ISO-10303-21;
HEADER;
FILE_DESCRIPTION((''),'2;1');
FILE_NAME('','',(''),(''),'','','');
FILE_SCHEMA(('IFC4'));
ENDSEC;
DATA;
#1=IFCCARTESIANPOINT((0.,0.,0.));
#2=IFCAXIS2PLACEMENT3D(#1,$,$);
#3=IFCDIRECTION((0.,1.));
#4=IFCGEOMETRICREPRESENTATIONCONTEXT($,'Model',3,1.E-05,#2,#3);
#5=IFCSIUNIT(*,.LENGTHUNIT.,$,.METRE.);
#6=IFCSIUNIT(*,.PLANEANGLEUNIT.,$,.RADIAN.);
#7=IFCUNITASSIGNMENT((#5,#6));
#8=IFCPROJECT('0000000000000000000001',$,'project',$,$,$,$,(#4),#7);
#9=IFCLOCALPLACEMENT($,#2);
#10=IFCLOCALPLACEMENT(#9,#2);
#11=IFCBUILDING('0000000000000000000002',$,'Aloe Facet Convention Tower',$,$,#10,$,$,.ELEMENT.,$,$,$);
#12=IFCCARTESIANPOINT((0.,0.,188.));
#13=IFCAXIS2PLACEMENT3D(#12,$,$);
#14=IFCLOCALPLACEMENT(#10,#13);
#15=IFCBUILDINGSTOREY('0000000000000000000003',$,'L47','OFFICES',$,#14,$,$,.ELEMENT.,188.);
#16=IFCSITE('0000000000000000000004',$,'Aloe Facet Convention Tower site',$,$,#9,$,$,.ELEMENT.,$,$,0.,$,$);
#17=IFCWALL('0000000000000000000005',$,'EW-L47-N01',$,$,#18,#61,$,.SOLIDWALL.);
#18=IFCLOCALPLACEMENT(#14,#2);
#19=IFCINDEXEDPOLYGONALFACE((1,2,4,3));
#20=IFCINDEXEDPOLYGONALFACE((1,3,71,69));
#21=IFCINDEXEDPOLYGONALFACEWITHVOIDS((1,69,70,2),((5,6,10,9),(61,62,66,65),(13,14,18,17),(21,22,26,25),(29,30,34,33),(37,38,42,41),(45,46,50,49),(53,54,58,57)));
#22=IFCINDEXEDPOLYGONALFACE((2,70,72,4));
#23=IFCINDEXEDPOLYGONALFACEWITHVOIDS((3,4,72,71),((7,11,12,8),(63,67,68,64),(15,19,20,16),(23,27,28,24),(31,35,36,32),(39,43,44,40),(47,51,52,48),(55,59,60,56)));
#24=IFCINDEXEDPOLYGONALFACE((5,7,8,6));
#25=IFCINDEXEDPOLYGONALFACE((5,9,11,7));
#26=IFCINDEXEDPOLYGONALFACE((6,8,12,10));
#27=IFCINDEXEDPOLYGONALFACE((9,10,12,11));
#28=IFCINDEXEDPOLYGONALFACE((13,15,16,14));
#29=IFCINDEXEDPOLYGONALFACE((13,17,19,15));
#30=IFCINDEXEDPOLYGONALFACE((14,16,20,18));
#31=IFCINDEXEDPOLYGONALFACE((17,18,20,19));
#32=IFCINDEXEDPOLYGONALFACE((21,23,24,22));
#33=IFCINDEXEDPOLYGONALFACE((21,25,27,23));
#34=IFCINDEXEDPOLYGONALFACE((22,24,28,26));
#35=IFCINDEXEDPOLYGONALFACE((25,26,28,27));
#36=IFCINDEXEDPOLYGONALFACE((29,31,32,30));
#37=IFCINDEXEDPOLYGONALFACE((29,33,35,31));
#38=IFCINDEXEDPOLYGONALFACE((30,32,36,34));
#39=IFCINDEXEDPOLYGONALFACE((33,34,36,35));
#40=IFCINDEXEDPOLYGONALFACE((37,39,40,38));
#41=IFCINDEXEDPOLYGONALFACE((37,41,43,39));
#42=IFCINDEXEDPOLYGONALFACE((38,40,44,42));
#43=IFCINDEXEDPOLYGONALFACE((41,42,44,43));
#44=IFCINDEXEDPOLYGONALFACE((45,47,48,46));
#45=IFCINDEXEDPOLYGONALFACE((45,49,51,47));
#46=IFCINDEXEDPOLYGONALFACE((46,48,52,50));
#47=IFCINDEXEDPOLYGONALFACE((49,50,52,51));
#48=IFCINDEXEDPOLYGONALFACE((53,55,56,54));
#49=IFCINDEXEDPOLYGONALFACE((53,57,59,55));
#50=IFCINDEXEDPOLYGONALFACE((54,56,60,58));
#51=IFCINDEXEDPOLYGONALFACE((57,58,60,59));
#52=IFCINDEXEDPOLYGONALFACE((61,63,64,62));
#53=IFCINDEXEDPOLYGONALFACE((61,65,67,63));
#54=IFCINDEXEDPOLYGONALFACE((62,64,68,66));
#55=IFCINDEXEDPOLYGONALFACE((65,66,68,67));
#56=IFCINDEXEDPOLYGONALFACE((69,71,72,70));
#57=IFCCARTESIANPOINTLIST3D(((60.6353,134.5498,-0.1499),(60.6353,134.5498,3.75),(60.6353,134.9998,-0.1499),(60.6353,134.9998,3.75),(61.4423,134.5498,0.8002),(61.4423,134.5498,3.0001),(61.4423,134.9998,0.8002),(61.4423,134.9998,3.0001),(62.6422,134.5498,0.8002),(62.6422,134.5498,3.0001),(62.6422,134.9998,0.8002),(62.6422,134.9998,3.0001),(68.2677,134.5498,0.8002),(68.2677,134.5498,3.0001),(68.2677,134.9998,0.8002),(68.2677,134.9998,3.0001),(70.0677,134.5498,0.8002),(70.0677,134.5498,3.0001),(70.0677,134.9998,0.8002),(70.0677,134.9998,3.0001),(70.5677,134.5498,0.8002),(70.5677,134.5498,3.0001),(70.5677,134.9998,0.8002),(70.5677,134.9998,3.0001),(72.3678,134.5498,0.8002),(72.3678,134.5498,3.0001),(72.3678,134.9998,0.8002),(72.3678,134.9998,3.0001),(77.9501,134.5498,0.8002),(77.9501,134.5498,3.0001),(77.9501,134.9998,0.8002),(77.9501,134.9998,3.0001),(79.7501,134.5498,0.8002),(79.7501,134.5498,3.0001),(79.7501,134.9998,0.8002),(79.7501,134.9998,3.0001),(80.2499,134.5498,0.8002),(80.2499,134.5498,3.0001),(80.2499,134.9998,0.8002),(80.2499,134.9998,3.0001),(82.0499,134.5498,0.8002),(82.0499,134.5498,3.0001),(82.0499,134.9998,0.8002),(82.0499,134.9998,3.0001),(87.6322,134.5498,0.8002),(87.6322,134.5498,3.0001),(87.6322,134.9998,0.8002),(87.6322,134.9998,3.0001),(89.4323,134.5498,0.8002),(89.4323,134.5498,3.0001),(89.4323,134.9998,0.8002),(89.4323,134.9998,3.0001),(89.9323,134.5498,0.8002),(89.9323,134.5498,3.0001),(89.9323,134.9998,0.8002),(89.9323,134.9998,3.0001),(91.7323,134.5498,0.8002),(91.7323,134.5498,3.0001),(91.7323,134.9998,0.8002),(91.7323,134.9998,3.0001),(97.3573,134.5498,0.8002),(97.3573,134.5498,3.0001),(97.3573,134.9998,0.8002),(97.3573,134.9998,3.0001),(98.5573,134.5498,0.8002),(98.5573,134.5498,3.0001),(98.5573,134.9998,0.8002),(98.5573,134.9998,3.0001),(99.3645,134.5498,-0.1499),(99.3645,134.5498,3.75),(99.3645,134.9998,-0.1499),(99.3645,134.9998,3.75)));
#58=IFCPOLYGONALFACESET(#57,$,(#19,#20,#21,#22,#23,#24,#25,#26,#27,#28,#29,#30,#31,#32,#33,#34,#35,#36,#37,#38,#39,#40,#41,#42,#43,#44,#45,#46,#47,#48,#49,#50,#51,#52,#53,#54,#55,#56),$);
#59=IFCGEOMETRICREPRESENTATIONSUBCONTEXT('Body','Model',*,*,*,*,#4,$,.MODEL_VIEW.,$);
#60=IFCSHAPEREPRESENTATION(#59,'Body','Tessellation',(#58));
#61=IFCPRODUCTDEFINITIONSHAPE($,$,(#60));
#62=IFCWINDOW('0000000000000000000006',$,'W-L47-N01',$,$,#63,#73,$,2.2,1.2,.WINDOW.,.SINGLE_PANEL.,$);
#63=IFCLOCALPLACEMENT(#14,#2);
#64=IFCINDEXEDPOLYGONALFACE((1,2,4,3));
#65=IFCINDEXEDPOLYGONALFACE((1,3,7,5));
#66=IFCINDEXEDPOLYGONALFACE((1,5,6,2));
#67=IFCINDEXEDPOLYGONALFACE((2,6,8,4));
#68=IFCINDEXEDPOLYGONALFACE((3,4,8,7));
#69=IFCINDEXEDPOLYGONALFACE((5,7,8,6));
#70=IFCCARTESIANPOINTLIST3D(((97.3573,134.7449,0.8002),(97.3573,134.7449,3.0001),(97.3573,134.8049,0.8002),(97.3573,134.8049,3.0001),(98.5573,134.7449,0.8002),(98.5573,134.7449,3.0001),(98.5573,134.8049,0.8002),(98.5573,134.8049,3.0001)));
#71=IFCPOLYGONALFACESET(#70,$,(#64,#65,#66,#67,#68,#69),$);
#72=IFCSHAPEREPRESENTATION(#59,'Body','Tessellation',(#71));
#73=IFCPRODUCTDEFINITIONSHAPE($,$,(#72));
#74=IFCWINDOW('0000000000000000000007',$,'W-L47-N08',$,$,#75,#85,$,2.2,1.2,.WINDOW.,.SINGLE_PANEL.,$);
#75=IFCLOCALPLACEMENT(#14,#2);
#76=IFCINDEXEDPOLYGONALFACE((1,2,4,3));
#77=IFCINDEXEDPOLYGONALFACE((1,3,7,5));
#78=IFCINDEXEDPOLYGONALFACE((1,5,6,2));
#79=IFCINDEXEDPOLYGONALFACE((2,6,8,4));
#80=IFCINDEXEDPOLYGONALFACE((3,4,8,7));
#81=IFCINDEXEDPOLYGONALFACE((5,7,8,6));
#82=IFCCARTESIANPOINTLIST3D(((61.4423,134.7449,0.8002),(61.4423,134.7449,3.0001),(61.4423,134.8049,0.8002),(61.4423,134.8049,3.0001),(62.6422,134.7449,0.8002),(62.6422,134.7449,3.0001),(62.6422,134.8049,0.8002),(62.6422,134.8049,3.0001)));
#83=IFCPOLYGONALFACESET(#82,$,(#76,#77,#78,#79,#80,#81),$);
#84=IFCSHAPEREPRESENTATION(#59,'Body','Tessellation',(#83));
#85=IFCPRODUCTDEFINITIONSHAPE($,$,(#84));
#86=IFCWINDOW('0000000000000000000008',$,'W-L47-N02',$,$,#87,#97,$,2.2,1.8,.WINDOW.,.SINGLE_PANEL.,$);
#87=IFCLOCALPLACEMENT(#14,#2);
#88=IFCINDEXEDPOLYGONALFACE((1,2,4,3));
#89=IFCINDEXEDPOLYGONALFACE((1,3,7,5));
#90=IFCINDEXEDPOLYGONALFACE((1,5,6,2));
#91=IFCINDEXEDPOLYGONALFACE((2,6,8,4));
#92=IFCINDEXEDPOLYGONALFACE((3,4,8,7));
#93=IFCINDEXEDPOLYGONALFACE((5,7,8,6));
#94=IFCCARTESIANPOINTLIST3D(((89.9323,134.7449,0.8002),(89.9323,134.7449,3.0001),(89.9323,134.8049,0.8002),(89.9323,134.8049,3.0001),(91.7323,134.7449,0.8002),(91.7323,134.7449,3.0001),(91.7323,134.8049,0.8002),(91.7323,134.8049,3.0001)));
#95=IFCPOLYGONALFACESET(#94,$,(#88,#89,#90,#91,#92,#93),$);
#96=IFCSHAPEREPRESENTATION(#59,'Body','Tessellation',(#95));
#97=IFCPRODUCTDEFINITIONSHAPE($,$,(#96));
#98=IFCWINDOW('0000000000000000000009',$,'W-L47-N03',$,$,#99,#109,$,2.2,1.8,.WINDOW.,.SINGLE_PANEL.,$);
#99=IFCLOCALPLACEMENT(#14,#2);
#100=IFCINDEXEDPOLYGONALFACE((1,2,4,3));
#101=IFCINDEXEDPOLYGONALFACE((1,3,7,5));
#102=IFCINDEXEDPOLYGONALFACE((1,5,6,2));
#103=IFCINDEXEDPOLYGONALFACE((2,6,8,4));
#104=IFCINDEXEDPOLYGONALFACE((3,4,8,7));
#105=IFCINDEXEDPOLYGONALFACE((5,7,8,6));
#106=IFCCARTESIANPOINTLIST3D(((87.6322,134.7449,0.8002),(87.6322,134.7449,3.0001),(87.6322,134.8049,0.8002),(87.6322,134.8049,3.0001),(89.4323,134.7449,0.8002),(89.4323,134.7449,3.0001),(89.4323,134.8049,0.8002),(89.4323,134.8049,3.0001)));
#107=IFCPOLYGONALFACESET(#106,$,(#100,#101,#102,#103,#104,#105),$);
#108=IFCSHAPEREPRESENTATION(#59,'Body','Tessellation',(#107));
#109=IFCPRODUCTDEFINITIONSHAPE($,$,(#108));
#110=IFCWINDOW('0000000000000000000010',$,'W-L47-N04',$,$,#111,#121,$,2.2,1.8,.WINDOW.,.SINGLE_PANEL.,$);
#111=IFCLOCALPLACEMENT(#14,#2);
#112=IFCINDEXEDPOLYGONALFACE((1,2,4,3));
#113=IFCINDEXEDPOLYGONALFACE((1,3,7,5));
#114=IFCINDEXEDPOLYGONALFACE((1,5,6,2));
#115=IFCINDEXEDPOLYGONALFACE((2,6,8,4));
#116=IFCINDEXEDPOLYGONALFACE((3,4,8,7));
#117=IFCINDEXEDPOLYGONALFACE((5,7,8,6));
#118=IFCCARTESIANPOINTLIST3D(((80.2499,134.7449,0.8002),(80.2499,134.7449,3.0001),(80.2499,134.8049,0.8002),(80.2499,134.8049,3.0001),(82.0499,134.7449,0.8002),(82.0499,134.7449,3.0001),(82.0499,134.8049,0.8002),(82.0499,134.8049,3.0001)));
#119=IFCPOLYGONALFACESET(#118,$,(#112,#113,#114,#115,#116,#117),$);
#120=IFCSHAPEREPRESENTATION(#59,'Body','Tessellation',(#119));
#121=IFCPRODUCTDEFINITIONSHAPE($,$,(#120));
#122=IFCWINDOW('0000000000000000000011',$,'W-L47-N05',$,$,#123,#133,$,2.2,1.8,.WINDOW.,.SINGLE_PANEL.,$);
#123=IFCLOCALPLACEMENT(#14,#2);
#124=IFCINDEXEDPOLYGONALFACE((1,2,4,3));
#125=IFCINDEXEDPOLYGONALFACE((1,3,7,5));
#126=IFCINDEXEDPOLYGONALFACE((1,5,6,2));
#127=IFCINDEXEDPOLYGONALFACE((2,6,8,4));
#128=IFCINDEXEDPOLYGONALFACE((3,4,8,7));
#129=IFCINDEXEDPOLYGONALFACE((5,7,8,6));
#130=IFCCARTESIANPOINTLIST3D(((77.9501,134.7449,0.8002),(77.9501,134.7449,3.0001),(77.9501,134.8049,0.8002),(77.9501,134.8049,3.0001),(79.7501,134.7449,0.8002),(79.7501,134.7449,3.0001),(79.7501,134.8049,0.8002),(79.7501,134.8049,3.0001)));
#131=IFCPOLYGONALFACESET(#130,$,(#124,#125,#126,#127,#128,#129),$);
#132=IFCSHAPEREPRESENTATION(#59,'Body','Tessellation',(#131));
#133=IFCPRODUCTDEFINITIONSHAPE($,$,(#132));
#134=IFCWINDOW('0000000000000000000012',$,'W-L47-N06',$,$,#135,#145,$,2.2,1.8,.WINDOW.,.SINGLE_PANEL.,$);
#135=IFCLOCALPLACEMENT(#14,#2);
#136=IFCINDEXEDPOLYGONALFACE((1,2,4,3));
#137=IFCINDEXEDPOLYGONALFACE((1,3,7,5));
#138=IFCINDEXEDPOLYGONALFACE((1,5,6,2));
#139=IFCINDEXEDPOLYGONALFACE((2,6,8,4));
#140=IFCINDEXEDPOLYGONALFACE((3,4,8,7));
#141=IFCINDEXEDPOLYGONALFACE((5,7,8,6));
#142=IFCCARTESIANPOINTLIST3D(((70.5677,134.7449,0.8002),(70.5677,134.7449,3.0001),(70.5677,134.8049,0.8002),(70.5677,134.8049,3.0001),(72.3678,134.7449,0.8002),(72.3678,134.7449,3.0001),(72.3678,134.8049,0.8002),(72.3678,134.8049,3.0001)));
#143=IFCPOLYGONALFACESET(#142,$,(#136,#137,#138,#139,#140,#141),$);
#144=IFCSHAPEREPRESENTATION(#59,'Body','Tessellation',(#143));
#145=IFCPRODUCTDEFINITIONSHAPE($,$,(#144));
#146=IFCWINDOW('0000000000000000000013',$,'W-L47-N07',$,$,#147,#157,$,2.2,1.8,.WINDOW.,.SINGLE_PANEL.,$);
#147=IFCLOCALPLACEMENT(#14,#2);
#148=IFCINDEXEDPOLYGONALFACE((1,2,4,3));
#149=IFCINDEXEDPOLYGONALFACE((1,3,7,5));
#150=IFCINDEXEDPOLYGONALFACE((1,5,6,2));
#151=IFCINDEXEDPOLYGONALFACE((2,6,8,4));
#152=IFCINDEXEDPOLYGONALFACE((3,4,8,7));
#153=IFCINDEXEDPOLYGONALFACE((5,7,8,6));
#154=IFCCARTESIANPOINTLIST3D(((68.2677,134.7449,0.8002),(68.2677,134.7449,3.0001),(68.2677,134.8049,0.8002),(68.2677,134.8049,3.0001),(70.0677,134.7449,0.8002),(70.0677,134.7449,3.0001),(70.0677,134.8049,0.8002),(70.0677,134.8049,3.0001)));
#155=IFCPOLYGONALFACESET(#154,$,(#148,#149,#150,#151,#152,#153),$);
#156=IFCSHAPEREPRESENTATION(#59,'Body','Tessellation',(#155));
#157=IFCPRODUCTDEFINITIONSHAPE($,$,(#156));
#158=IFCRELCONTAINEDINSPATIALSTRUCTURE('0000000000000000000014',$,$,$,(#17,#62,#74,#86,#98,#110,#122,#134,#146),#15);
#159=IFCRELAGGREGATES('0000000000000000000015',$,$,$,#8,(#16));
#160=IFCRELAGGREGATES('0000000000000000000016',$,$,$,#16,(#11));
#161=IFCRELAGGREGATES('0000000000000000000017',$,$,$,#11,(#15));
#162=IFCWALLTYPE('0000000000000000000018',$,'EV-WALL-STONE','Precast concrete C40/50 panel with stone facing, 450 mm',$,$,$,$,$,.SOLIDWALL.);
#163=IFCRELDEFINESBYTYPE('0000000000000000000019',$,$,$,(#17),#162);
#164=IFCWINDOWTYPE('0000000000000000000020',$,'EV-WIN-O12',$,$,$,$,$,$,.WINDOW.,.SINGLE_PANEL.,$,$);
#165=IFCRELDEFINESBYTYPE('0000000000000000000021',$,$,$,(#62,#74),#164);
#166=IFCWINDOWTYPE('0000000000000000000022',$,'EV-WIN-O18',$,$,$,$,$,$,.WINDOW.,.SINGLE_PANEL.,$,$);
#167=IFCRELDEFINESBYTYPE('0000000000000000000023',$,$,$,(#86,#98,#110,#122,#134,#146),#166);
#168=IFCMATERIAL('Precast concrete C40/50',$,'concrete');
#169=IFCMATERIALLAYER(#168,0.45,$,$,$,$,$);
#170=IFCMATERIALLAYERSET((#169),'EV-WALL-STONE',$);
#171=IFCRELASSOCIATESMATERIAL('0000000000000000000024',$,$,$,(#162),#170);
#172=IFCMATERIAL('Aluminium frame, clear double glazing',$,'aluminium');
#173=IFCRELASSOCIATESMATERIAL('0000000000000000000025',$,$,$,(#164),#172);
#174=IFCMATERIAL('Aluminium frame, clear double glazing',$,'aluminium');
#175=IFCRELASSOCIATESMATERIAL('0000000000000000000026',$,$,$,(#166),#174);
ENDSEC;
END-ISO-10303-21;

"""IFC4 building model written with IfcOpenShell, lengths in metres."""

from ifc_helpers import new_model, si_unit, direction, frame, frame_2d, origin, place, context, subcontext, project, spatial, polyline, rectangle, outline, extrude, material, layer, layer_set, type_object, element, fill, save


model = new_model("IFC4")

# Units and contexts
model_context = context("Model", 3, precision=1e-05, world=origin(), true_north=direction((0.0, 1.0)))
body_context = subcontext(model_context, "Body", "Model", "MODEL_VIEW")
ifc_project = project(units=[si_unit("LENGTHUNIT", "METRE"), si_unit("PLANEANGLEUNIT", "RADIAN")], contexts=[model_context])

# Site, building, storey
site_placement = place(None, origin())
site = spatial("IfcSite", under=ifc_project, at=site_placement, Name="Aloe Facet Convention Tower site", CompositionType="ELEMENT", RefElevation=0.0)
building_placement = place(site_placement, origin())
building = spatial("IfcBuilding", under=site, at=building_placement, Name="Aloe Facet Convention Tower", CompositionType="ELEMENT")
storey_placement = place(building_placement, frame((0.0, 0.0, 188.0)))
storey = spatial("IfcBuildingStorey", under=building, at=storey_placement, Name="L47", Description="OFFICES", CompositionType="ELEMENT", Elevation=188.0)

# Wall, openings, windows
ifc_material_1 = material(Name="Precast concrete C40/50", Category="concrete")
ifc_layer_1 = layer(ifc_material_1, 0.45)
ifc_layer_set_1 = layer_set([ifc_layer_1], Name="EV-WALL-STONE")
wall_type_1 = type_object("IfcWallType", Name="EV-WALL-STONE", Description="Precast concrete C40/50 panel with stone facing, 450 mm", PredefinedType="SOLIDWALL", material=ifc_layer_set_1)
wall_1_placement = place(storey_placement, frame((99.3645, 134.7749, -0.1499), z_axis=(0.0, 0.0, 1.0), x_axis=(-1.0, 0.0, 0.0)))
wall_1 = element("IfcWall", 1, at=wall_1_placement, inside=storey, type_object=wall_type_1, Name="EW-L47-N01", PredefinedType="SOLIDWALL", context=body_context, shape_type="SweptSolid", body=[
    extrude(outline(polyline([(38.7292, 0.0), (38.7292, 3.8999), (0.0, 3.8999), (0.0, 0.0), (38.7292, 0.0)])), frame((0.0, 0.2251, 0.0), z_axis=(0.0, -1.0, 0.0), x_axis=(1.0, 0.0, 0.0)), (0.0, 0.0, 1.0), 0.45),
])
opening_1_placement = place(wall_1_placement, frame((0.8071, 0.0, 0.95)))
opening_1 = element("IfcOpeningElement", 2, at=opening_1_placement, cuts=wall_1, PredefinedType="OPENING", context=body_context, shape_type="SweptSolid", body=[
    extrude(rectangle(XDim=1.2, YDim=2.2, at=frame_2d((0.6001, 1.1001))), frame((0.0, 0.2349, 0.0), z_axis=(0.0, -1.0, 0.0), x_axis=(1.0, 0.0, 0.0)), (0.0, 0.0, 1.0), 0.47),
])
opening_2_placement = place(wall_1_placement, frame((7.6323, 0.0, 0.95)))
opening_2 = element("IfcOpeningElement", 3, at=opening_2_placement, cuts=wall_1, PredefinedType="OPENING", context=body_context, shape_type="SweptSolid", body=[
    extrude(rectangle(XDim=1.8, YDim=2.2, at=frame_2d((0.8999, 1.1001))), frame((0.0, 0.2349, 0.0), z_axis=(0.0, -1.0, 0.0), x_axis=(1.0, 0.0, 0.0)), (0.0, 0.0, 1.0), 0.47),
])
opening_3_placement = place(wall_1_placement, frame((9.9324, 0.0, 0.95)))
opening_3 = element("IfcOpeningElement", 4, at=opening_3_placement, cuts=wall_1, PredefinedType="OPENING", context=body_context, shape_type="SweptSolid", body=[
    extrude(rectangle(XDim=1.8, YDim=2.2, at=frame_2d((0.8999, 1.1001))), frame((0.0, 0.2349, 0.0), z_axis=(0.0, -1.0, 0.0), x_axis=(1.0, 0.0, 0.0)), (0.0, 0.0, 1.0), 0.47),
])
opening_4_placement = place(wall_1_placement, frame((17.3147, 0.0, 0.95)))
opening_4 = element("IfcOpeningElement", 5, at=opening_4_placement, cuts=wall_1, PredefinedType="OPENING", context=body_context, shape_type="SweptSolid", body=[
    extrude(rectangle(XDim=1.8, YDim=2.2, at=frame_2d((0.8999, 1.1001))), frame((0.0, 0.2349, 0.0), z_axis=(0.0, -1.0, 0.0), x_axis=(1.0, 0.0, 0.0)), (0.0, 0.0, 1.0), 0.47),
])
opening_5_placement = place(wall_1_placement, frame((19.6145, 0.0, 0.95)))
opening_5 = element("IfcOpeningElement", 6, at=opening_5_placement, cuts=wall_1, PredefinedType="OPENING", context=body_context, shape_type="SweptSolid", body=[
    extrude(rectangle(XDim=1.8, YDim=2.2, at=frame_2d((0.8999, 1.1001))), frame((0.0, 0.2349, 0.0), z_axis=(0.0, -1.0, 0.0), x_axis=(1.0, 0.0, 0.0)), (0.0, 0.0, 1.0), 0.47),
])
opening_6_placement = place(wall_1_placement, frame((26.9968, 0.0, 0.95)))
opening_6 = element("IfcOpeningElement", 7, at=opening_6_placement, cuts=wall_1, PredefinedType="OPENING", context=body_context, shape_type="SweptSolid", body=[
    extrude(rectangle(XDim=1.8, YDim=2.2, at=frame_2d((0.8999, 1.1001))), frame((0.0, 0.2349, 0.0), z_axis=(0.0, -1.0, 0.0), x_axis=(1.0, 0.0, 0.0)), (0.0, 0.0, 1.0), 0.47),
])
opening_7_placement = place(wall_1_placement, frame((29.2969, 0.0, 0.95)))
opening_7 = element("IfcOpeningElement", 8, at=opening_7_placement, cuts=wall_1, PredefinedType="OPENING", context=body_context, shape_type="SweptSolid", body=[
    extrude(rectangle(XDim=1.8, YDim=2.2, at=frame_2d((0.8999, 1.1001))), frame((0.0, 0.2349, 0.0), z_axis=(0.0, -1.0, 0.0), x_axis=(1.0, 0.0, 0.0)), (0.0, 0.0, 1.0), 0.47),
])
opening_8_placement = place(wall_1_placement, frame((36.7222, 0.0, 0.95)))
opening_8 = element("IfcOpeningElement", 9, at=opening_8_placement, cuts=wall_1, PredefinedType="OPENING", context=body_context, shape_type="SweptSolid", body=[
    extrude(rectangle(XDim=1.2, YDim=2.2, at=frame_2d((0.6001, 1.1001))), frame((0.0, 0.2349, 0.0), z_axis=(0.0, -1.0, 0.0), x_axis=(1.0, 0.0, 0.0)), (0.0, 0.0, 1.0), 0.47),
])
ifc_material_2 = material(Name="Aluminium frame, clear double glazing", Category="aluminium")
window_type_1 = type_object("IfcWindowType", Name="EV-WIN-O12", PartitioningType="SINGLE_PANEL", PredefinedType="WINDOW", material=ifc_material_2)
window_1_placement = place(opening_1_placement, origin())
window_1 = element("IfcWindow", 10, at=window_1_placement, inside=storey, type_object=window_type_1, Name="W-L47-N01", OverallHeight=2.2, OverallWidth=1.2, PartitioningType="SINGLE_PANEL", PredefinedType="WINDOW", context=body_context, shape_type="SweptSolid", body=[
    extrude(rectangle(XDim=1.2, YDim=2.2, at=frame_2d((0.6001, 1.1001))), frame((0.0, 0.03, 0.0), z_axis=(0.0, -1.0, 0.0), x_axis=(1.0, 0.0, 0.0)), (0.0, 0.0, 1.0), 0.0601),
])
fill(opening_1, window_1)
window_2_placement = place(opening_8_placement, origin())
window_2 = element("IfcWindow", 11, at=window_2_placement, inside=storey, type_object=window_type_1, Name="W-L47-N08", OverallHeight=2.2, OverallWidth=1.2, PartitioningType="SINGLE_PANEL", PredefinedType="WINDOW", context=body_context, shape_type="SweptSolid", body=[
    extrude(rectangle(XDim=1.2, YDim=2.2, at=frame_2d((0.6001, 1.1001))), frame((0.0, 0.03, 0.0), z_axis=(0.0, -1.0, 0.0), x_axis=(1.0, 0.0, 0.0)), (0.0, 0.0, 1.0), 0.0601),
])
fill(opening_8, window_2)
ifc_material_3 = material(Name="Aluminium frame, clear double glazing", Category="aluminium")
window_type_2 = type_object("IfcWindowType", Name="EV-WIN-O18", PartitioningType="SINGLE_PANEL", PredefinedType="WINDOW", material=ifc_material_3)
window_3_placement = place(opening_2_placement, origin())
window_3 = element("IfcWindow", 12, at=window_3_placement, inside=storey, type_object=window_type_2, Name="W-L47-N02", OverallHeight=2.2, OverallWidth=1.8, PartitioningType="SINGLE_PANEL", PredefinedType="WINDOW", context=body_context, shape_type="SweptSolid", body=[
    extrude(rectangle(XDim=1.8, YDim=2.2, at=frame_2d((0.8999, 1.1001))), frame((0.0, 0.03, 0.0), z_axis=(0.0, -1.0, 0.0), x_axis=(1.0, 0.0, 0.0)), (0.0, 0.0, 1.0), 0.0601),
])
fill(opening_2, window_3)
window_4_placement = place(opening_3_placement, origin())
window_4 = element("IfcWindow", 13, at=window_4_placement, inside=storey, type_object=window_type_2, Name="W-L47-N03", OverallHeight=2.2, OverallWidth=1.8, PartitioningType="SINGLE_PANEL", PredefinedType="WINDOW", context=body_context, shape_type="SweptSolid", body=[
    extrude(rectangle(XDim=1.8, YDim=2.2, at=frame_2d((0.8999, 1.1001))), frame((0.0, 0.03, 0.0), z_axis=(0.0, -1.0, 0.0), x_axis=(1.0, 0.0, 0.0)), (0.0, 0.0, 1.0), 0.0601),
])
fill(opening_3, window_4)
window_5_placement = place(opening_4_placement, origin())
window_5 = element("IfcWindow", 14, at=window_5_placement, inside=storey, type_object=window_type_2, Name="W-L47-N04", OverallHeight=2.2, OverallWidth=1.8, PartitioningType="SINGLE_PANEL", PredefinedType="WINDOW", context=body_context, shape_type="SweptSolid", body=[
    extrude(rectangle(XDim=1.8, YDim=2.2, at=frame_2d((0.8999, 1.1001))), frame((0.0, 0.03, 0.0), z_axis=(0.0, -1.0, 0.0), x_axis=(1.0, 0.0, 0.0)), (0.0, 0.0, 1.0), 0.0601),
])
fill(opening_4, window_5)
window_6_placement = place(opening_5_placement, origin())
window_6 = element("IfcWindow", 15, at=window_6_placement, inside=storey, type_object=window_type_2, Name="W-L47-N05", OverallHeight=2.2, OverallWidth=1.8, PartitioningType="SINGLE_PANEL", PredefinedType="WINDOW", context=body_context, shape_type="SweptSolid", body=[
    extrude(rectangle(XDim=1.8, YDim=2.2, at=frame_2d((0.8999, 1.1001))), frame((0.0, 0.03, 0.0), z_axis=(0.0, -1.0, 0.0), x_axis=(1.0, 0.0, 0.0)), (0.0, 0.0, 1.0), 0.0601),
])
fill(opening_5, window_6)
window_7_placement = place(opening_6_placement, origin())
window_7 = element("IfcWindow", 16, at=window_7_placement, inside=storey, type_object=window_type_2, Name="W-L47-N06", OverallHeight=2.2, OverallWidth=1.8, PartitioningType="SINGLE_PANEL", PredefinedType="WINDOW", context=body_context, shape_type="SweptSolid", body=[
    extrude(rectangle(XDim=1.8, YDim=2.2, at=frame_2d((0.8999, 1.1001))), frame((0.0, 0.03, 0.0), z_axis=(0.0, -1.0, 0.0), x_axis=(1.0, 0.0, 0.0)), (0.0, 0.0, 1.0), 0.0601),
])
fill(opening_6, window_7)
window_8_placement = place(opening_7_placement, origin())
window_8 = element("IfcWindow", 17, at=window_8_placement, inside=storey, type_object=window_type_2, Name="W-L47-N07", OverallHeight=2.2, OverallWidth=1.8, PartitioningType="SINGLE_PANEL", PredefinedType="WINDOW", context=body_context, shape_type="SweptSolid", body=[
    extrude(rectangle(XDim=1.8, YDim=2.2, at=frame_2d((0.8999, 1.1001))), frame((0.0, 0.03, 0.0), z_axis=(0.0, -1.0, 0.0), x_axis=(1.0, 0.0, 0.0)), (0.0, 0.0, 1.0), 0.0601),
])
fill(opening_7, window_8)

save(model, "model.ifc")
